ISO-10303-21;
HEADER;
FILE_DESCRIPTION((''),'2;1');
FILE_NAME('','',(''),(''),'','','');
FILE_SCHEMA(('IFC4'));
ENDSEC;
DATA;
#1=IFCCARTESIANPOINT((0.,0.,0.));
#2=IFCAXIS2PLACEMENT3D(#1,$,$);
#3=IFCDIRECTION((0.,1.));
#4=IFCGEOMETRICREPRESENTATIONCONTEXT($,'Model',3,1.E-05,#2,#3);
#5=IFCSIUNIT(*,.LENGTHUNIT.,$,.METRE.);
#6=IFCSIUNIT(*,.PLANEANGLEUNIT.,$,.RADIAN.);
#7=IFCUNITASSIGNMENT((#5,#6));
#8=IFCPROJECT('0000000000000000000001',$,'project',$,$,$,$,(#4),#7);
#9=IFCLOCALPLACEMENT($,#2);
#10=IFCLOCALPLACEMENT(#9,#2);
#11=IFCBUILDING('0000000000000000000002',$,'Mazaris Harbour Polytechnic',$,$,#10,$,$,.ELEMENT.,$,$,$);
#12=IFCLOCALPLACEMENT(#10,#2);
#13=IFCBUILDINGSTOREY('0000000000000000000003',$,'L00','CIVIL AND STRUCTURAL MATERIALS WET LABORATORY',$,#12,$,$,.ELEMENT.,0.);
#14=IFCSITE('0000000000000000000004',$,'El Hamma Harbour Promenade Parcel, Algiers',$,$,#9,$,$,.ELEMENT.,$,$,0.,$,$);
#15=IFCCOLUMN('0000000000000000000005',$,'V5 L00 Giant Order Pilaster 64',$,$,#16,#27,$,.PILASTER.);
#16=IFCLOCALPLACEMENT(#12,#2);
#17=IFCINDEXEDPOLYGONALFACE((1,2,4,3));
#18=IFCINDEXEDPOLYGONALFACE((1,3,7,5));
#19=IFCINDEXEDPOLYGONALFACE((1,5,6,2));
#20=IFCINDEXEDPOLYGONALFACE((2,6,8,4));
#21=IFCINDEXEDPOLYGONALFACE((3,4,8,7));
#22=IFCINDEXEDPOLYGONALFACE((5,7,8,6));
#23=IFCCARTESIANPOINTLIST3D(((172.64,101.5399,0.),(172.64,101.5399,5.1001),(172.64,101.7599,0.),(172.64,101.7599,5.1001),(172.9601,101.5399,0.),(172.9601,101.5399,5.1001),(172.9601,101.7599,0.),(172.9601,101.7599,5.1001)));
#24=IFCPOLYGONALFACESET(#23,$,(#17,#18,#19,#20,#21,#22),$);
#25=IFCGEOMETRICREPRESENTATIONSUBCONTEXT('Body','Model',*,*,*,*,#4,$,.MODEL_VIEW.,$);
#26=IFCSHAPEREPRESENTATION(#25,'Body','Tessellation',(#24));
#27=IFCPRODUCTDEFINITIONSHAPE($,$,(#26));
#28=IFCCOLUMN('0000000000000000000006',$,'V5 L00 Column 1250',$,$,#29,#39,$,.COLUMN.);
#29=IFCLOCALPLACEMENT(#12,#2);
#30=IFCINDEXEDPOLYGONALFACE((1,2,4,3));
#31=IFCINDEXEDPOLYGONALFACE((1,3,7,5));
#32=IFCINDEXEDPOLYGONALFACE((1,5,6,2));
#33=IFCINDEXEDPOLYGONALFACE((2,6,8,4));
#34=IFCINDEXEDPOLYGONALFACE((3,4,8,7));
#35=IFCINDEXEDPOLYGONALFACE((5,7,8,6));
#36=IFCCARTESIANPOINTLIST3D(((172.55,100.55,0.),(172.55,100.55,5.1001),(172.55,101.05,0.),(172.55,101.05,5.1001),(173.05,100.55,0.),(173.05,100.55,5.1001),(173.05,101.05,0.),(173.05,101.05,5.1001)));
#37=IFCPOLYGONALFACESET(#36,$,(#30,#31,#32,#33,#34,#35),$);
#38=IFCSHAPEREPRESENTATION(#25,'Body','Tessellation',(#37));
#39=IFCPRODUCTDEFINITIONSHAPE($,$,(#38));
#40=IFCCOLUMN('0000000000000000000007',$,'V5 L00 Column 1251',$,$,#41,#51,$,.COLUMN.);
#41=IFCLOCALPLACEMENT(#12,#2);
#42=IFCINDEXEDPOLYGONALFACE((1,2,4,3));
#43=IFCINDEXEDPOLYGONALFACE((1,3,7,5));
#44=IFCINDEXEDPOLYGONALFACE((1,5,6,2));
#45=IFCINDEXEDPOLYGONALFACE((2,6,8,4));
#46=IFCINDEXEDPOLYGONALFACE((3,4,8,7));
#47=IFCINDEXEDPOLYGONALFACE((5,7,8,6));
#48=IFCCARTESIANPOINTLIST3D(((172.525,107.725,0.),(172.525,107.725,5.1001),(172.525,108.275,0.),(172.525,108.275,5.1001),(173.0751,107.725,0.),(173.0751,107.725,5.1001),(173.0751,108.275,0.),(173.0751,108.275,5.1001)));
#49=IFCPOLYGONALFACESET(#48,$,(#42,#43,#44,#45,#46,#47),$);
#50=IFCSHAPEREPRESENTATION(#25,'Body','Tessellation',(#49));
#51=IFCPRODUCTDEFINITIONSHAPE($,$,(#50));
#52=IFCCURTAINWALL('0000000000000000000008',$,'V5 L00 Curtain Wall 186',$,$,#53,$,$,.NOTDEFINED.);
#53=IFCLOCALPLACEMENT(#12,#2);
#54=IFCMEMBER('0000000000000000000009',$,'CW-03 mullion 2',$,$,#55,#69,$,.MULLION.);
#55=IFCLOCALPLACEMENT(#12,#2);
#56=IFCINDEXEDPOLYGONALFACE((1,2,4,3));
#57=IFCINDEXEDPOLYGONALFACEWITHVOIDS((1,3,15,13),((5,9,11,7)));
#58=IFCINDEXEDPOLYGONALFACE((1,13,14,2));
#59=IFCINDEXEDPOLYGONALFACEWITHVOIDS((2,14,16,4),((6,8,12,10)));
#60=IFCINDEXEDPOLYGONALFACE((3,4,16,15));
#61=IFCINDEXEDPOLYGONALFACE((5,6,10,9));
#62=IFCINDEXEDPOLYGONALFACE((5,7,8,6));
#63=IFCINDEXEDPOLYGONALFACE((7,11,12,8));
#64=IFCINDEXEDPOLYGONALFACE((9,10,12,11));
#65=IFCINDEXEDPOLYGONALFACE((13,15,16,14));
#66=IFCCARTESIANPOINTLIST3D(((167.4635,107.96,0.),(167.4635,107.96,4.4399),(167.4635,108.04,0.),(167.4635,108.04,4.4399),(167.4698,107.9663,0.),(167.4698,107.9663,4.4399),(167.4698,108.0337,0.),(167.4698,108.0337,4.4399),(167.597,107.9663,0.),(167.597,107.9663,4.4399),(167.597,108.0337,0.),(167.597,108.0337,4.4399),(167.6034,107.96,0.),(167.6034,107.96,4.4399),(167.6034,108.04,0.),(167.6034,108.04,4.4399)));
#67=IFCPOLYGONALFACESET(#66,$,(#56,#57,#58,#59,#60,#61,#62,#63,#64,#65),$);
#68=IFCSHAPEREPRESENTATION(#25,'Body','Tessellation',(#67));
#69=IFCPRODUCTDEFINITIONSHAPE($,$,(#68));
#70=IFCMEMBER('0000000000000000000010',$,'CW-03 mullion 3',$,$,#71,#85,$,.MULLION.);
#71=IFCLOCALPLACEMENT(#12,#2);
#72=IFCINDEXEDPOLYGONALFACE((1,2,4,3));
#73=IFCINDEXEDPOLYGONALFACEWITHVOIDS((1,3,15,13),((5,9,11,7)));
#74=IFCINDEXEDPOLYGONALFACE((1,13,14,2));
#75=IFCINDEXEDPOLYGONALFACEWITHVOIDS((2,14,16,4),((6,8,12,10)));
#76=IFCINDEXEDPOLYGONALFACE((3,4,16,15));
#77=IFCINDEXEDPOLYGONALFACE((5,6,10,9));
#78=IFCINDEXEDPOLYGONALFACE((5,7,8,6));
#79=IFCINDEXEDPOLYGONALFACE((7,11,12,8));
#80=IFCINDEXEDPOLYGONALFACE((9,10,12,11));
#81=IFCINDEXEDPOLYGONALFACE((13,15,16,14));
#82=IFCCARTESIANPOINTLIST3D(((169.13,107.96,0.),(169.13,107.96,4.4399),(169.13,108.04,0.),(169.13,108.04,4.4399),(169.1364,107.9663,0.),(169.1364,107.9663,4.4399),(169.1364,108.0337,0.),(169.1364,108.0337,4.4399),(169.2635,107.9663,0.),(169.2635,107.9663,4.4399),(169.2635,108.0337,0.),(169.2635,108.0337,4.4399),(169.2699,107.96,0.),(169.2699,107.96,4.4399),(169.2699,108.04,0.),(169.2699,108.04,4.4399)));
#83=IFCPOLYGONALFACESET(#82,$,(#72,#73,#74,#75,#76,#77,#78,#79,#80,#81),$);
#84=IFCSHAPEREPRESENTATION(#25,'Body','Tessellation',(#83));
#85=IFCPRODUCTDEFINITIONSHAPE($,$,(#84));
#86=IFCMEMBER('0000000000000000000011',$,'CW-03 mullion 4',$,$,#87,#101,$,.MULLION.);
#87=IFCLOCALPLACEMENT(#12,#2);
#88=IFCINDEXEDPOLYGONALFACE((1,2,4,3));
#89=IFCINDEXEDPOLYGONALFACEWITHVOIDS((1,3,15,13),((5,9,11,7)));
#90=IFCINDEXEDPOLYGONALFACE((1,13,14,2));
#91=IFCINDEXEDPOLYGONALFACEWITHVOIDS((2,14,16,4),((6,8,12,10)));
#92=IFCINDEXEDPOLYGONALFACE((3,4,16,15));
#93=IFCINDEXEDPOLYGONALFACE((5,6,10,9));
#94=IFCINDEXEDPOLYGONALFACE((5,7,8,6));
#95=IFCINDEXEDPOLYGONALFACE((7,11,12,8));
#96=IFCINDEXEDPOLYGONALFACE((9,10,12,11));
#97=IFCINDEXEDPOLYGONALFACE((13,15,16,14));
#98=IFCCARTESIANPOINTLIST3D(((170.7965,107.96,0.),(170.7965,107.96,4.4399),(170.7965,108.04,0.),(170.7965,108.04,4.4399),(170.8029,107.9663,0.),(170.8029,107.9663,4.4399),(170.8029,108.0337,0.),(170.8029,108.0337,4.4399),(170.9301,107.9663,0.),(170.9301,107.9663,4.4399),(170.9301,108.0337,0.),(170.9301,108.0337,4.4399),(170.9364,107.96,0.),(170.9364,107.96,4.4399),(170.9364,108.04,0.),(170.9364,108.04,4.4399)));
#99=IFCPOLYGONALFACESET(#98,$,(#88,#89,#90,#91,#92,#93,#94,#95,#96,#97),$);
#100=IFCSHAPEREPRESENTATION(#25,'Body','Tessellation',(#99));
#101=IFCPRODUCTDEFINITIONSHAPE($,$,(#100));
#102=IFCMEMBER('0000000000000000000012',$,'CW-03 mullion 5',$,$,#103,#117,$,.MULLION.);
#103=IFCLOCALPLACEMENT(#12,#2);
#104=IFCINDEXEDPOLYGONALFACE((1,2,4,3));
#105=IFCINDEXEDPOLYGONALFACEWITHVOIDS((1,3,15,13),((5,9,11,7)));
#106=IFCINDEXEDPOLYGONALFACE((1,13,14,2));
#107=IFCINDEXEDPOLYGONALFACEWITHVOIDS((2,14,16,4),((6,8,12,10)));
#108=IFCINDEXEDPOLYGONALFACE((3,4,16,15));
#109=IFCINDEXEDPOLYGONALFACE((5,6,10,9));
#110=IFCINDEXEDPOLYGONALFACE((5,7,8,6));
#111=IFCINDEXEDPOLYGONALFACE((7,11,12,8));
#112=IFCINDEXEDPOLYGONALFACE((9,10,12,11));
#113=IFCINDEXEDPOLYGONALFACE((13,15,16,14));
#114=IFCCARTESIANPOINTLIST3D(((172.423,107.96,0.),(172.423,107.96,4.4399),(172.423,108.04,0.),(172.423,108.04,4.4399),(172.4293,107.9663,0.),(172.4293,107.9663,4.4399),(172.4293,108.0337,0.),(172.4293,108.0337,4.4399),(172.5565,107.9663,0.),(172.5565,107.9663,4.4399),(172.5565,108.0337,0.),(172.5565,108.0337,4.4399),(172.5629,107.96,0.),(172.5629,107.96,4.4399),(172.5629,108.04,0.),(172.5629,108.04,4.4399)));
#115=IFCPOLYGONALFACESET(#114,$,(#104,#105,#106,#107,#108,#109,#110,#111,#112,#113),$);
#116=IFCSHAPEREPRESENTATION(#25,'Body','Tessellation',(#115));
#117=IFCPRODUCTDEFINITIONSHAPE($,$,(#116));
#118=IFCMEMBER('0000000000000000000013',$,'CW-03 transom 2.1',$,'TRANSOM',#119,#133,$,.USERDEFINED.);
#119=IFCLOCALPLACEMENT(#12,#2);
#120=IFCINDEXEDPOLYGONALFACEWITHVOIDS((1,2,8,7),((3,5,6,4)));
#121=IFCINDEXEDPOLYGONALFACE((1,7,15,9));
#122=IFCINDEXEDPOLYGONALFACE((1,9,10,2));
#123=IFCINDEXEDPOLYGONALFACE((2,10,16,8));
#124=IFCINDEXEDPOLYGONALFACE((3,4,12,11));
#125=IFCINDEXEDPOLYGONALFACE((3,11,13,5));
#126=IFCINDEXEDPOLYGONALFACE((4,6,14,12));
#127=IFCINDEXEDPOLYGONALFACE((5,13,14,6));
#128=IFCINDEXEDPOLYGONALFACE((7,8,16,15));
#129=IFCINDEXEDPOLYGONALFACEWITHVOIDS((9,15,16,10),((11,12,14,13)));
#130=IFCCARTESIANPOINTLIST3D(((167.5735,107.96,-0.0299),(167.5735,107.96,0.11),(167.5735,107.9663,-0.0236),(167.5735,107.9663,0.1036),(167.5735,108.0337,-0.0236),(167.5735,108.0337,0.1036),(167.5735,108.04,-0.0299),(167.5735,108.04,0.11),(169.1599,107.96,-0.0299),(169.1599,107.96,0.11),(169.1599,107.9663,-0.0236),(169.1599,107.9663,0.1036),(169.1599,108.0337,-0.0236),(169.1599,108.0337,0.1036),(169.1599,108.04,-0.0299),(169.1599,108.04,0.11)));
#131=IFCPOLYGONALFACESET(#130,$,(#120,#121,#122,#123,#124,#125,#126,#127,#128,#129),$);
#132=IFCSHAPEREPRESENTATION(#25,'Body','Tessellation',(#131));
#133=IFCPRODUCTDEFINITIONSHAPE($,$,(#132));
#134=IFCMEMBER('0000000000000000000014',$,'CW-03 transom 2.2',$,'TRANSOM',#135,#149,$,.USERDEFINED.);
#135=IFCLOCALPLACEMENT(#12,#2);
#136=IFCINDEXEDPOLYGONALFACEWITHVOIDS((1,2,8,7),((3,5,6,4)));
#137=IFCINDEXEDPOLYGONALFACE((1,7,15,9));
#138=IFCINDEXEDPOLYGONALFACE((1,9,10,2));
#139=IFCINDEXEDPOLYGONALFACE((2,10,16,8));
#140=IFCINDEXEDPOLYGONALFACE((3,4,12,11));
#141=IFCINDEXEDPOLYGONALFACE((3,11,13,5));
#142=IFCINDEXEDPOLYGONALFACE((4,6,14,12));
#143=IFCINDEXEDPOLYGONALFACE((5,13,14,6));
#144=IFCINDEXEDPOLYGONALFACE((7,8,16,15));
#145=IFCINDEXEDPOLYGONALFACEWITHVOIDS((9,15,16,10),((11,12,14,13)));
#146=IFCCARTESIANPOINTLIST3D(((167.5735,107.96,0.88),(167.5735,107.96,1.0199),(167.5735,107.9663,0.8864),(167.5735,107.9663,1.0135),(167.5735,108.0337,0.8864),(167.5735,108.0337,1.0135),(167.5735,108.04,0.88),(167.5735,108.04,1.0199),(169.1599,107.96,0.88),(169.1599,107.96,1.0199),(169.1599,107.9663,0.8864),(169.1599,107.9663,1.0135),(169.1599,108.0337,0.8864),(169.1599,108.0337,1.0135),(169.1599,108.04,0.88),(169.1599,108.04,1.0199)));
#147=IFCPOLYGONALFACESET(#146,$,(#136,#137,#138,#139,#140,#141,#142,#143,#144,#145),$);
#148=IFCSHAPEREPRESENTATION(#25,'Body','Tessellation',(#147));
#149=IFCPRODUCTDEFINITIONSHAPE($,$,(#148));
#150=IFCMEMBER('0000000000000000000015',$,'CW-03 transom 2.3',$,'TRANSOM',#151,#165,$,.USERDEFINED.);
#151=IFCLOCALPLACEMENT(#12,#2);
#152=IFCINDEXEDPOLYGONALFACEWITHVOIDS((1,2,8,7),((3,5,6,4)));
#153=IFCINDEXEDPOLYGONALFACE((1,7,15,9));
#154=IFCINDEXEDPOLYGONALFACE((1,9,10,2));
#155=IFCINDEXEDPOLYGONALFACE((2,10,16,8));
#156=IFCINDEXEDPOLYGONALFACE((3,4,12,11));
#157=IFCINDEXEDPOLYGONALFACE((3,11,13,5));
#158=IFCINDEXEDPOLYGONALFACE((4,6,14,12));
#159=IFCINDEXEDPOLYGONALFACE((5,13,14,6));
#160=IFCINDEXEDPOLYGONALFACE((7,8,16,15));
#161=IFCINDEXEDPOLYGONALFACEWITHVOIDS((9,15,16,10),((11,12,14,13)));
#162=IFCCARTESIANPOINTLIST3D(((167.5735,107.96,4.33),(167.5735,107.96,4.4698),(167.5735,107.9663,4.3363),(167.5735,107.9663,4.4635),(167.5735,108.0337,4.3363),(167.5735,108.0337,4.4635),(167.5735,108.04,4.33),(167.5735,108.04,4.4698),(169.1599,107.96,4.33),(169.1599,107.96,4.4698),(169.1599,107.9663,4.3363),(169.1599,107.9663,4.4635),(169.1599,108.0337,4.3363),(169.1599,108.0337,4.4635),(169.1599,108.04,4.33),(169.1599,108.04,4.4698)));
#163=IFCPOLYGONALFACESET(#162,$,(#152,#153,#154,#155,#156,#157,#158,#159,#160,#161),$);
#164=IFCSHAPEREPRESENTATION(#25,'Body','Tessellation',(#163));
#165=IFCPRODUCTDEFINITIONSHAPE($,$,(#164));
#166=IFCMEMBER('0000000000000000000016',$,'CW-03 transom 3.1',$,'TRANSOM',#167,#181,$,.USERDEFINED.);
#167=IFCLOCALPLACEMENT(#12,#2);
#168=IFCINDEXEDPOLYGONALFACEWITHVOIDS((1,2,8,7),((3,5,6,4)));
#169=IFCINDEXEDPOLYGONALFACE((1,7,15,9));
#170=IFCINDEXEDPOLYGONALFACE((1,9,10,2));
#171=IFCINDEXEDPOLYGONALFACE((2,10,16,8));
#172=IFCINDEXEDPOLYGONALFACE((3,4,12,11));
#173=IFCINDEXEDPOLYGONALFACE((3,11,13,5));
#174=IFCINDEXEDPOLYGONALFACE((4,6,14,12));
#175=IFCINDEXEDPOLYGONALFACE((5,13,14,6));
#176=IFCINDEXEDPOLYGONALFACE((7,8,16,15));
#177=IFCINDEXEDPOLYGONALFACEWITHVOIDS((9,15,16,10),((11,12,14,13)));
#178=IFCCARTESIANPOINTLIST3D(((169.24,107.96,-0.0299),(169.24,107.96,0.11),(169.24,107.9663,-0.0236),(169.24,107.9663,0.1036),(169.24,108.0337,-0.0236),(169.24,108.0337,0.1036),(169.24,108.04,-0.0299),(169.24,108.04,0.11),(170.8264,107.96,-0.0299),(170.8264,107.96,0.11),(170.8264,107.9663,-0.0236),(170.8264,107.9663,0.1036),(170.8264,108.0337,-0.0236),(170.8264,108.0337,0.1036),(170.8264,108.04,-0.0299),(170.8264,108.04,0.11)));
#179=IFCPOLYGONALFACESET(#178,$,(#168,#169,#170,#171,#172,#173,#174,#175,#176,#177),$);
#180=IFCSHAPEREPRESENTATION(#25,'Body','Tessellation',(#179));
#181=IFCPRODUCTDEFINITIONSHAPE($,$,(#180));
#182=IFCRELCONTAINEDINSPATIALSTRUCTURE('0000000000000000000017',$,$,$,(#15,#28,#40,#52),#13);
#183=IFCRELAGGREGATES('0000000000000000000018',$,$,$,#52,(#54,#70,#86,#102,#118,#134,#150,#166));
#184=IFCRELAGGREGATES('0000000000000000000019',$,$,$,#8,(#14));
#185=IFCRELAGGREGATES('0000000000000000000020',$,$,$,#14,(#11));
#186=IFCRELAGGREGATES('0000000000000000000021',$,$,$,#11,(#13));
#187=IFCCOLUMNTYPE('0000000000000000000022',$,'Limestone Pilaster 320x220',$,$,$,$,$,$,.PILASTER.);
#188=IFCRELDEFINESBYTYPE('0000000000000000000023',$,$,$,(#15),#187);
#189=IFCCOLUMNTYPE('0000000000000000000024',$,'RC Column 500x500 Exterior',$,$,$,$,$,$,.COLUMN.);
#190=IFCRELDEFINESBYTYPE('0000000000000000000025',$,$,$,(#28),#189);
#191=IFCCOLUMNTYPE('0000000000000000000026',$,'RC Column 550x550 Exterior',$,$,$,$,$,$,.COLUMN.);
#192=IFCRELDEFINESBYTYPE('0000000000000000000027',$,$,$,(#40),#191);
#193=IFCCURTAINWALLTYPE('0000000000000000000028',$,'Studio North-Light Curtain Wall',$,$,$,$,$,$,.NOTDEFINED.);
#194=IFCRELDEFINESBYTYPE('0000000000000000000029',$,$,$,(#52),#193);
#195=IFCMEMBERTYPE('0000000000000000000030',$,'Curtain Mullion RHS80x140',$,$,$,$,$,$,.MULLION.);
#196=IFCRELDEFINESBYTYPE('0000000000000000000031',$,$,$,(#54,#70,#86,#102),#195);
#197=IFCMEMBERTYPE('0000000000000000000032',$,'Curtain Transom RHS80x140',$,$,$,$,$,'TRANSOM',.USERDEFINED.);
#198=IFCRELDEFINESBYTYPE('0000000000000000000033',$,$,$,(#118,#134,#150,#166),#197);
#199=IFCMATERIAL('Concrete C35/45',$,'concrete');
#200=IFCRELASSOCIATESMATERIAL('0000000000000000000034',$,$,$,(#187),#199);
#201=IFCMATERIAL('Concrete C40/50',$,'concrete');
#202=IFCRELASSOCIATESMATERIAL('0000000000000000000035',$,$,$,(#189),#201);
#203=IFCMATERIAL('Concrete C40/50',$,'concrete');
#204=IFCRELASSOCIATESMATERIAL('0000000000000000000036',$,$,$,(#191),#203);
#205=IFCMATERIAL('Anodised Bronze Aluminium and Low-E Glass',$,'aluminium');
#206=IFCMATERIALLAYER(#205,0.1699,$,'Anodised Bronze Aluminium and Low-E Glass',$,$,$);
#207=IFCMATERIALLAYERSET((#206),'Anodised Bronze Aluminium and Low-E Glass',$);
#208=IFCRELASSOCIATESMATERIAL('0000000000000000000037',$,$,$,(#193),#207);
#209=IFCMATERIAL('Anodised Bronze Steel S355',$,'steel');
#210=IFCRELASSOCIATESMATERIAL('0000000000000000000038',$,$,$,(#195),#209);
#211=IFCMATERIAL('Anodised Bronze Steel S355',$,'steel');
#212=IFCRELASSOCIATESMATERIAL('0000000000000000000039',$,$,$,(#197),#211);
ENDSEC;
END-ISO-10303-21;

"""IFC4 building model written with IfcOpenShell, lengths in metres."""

from ifc_helpers import new_model, si_unit, direction, frame, origin, origin_2d, place, context, subcontext, project, spatial, rectangle, hollow_rectangle, extrude, material, layer, layer_set, material_profile, profile_set, type_object, element, aggregate, save


model = new_model("IFC4")

# Units and contexts
model_context = context("Model", 3, precision=1e-05, world=origin(), true_north=direction((0.0, 1.0)))
body_context = subcontext(model_context, "Body", "Model", "MODEL_VIEW")
ifc_project = project(units=[si_unit("LENGTHUNIT", "METRE"), si_unit("PLANEANGLEUNIT", "RADIAN")], contexts=[model_context])

# Site, building, storey
site_placement = place(None, origin())
site = spatial("IfcSite", under=ifc_project, at=site_placement, Name="El Hamma Harbour Promenade Parcel, Algiers", CompositionType="ELEMENT", RefElevation=0.0)
building_placement = place(site_placement, origin())
building = spatial("IfcBuilding", under=site, at=building_placement, Name="Mazaris Harbour Polytechnic", CompositionType="ELEMENT")
storey_placement = place(building_placement, origin())
storey = spatial("IfcBuildingStorey", under=building, at=storey_placement, Name="L00", Description="CIVIL AND STRUCTURAL MATERIALS WET LABORATORY", CompositionType="ELEMENT", Elevation=0.0)

# Columns
ifc_material_1 = material(Name="Concrete C35/45", Category="concrete")
ifc_material_profile_1 = material_profile(ifc_material_1, rectangle(XDim=0.3201, YDim=0.22, at=origin_2d()), Name="RECT320x220")
ifc_profile_set_1 = profile_set([ifc_material_profile_1], Name="Concrete C35/45")
column_type_1 = type_object("IfcColumnType", Name="Limestone Pilaster 320x220", PredefinedType="PILASTER", material=ifc_profile_set_1)
column_1_placement = place(storey_placement, frame((172.8, 101.6499, 0.0), z_axis=(0.0, 0.0, 1.0), x_axis=(1.0, 0.0, 0.0)))
element("IfcColumn", 1, at=column_1_placement, inside=storey, type_object=column_type_1, Name="V5 L00 Giant Order Pilaster 64", PredefinedType="PILASTER", context=body_context, shape_type="SweptSolid", body=[
    extrude(rectangle(XDim=0.3201, YDim=0.22, at=origin_2d()), origin(), (0.0, 0.0, 1.0), 5.1001),
])
ifc_material_2 = material(Name="Concrete C40/50", Category="concrete")
ifc_material_profile_2 = material_profile(ifc_material_2, rectangle(XDim=0.5, YDim=0.5, at=origin_2d()), Name="RECT500x500")
ifc_profile_set_2 = profile_set([ifc_material_profile_2], Name="Concrete C40/50")
column_type_2 = type_object("IfcColumnType", Name="RC Column 500x500 Exterior", PredefinedType="COLUMN", material=ifc_profile_set_2)
column_2_placement = place(storey_placement, frame((172.8, 100.8, 0.0), z_axis=(0.0, 0.0, 1.0), x_axis=(1.0, 0.0, 0.0)))
element("IfcColumn", 2, at=column_2_placement, inside=storey, type_object=column_type_2, Name="V5 L00 Column 1250", PredefinedType="COLUMN", context=body_context, shape_type="SweptSolid", body=[
    extrude(rectangle(XDim=0.5, YDim=0.5, at=origin_2d()), origin(), (0.0, 0.0, 1.0), 5.1001),
])
ifc_material_3 = material(Name="Concrete C40/50", Category="concrete")
ifc_material_profile_3 = material_profile(ifc_material_3, rectangle(XDim=0.55, YDim=0.55, at=origin_2d()), Name="RECT550x550")
ifc_profile_set_3 = profile_set([ifc_material_profile_3], Name="Concrete C40/50")
column_type_3 = type_object("IfcColumnType", Name="RC Column 550x550 Exterior", PredefinedType="COLUMN", material=ifc_profile_set_3)
column_3_placement = place(storey_placement, frame((172.8, 108.0, 0.0), z_axis=(0.0, 0.0, 1.0), x_axis=(1.0, 0.0, 0.0)))
element("IfcColumn", 3, at=column_3_placement, inside=storey, type_object=column_type_3, Name="V5 L00 Column 1251", PredefinedType="COLUMN", context=body_context, shape_type="SweptSolid", body=[
    extrude(rectangle(XDim=0.55, YDim=0.55, at=origin_2d()), origin(), (0.0, 0.0, 1.0), 5.1001),
])

# Curtain wall, members
ifc_material_4 = material(Name="Anodised Bronze Aluminium and Low-E Glass", Category="aluminium")
ifc_layer_1 = layer(ifc_material_4, 0.1699, Name="Anodised Bronze Aluminium and Low-E Glass")
ifc_layer_set_1 = layer_set([ifc_layer_1], Name="Anodised Bronze Aluminium and Low-E Glass")
curtain_wall_type = type_object("IfcCurtainWallType", Name="Studio North-Light Curtain Wall", PredefinedType="NOTDEFINED", material=ifc_layer_set_1)
curtain_wall_placement = place(storey_placement, origin())
curtain_wall = element("IfcCurtainWall", 4, at=curtain_wall_placement, inside=storey, type_object=curtain_wall_type, Name="V5 L00 Curtain Wall 186", PredefinedType="NOTDEFINED")
ifc_material_5 = material(Name="Anodised Bronze Steel S355", Category="steel")
ifc_material_profile_4 = material_profile(ifc_material_5, hollow_rectangle(XDim=0.0801, YDim=0.1399, WallThickness=0.0063, at=origin_2d()), Name="RHS 80x140x6.3")
ifc_profile_set_4 = profile_set([ifc_material_profile_4], Name="Anodised Bronze Steel S355")
member_type_1 = type_object("IfcMemberType", Name="Curtain Mullion RHS80x140", PredefinedType="MULLION", material=ifc_profile_set_4)
member_1_placement = place(storey_placement, frame((167.5334, 108.0, 0.0), z_axis=(0.0, 0.0, 1.0), x_axis=(0.0, 1.0, 0.0)))
member_1 = element("IfcMember", 5, at=member_1_placement, type_object=member_type_1, Name="CW-03 mullion 2", PredefinedType="MULLION", context=body_context, shape_type="SweptSolid", body=[
    extrude(hollow_rectangle(XDim=0.0801, YDim=0.1399, WallThickness=0.0063, at=origin_2d()), origin(), (0.0, 0.0, 1.0), 4.4399),
])
member_2_placement = place(storey_placement, frame((169.2, 108.0, 0.0), z_axis=(0.0, 0.0, 1.0), x_axis=(0.0, 1.0, 0.0)))
member_2 = element("IfcMember", 6, at=member_2_placement, type_object=member_type_1, Name="CW-03 mullion 3", PredefinedType="MULLION", context=body_context, shape_type="SweptSolid", body=[
    extrude(hollow_rectangle(XDim=0.0801, YDim=0.1399, WallThickness=0.0063, at=origin_2d()), origin(), (0.0, 0.0, 1.0), 4.4399),
])
member_3_placement = place(storey_placement, frame((170.8665, 108.0, 0.0), z_axis=(0.0, 0.0, 1.0), x_axis=(0.0, 1.0, 0.0)))
member_3 = element("IfcMember", 7, at=member_3_placement, type_object=member_type_1, Name="CW-03 mullion 4", PredefinedType="MULLION", context=body_context, shape_type="SweptSolid", body=[
    extrude(hollow_rectangle(XDim=0.0801, YDim=0.1399, WallThickness=0.0063, at=origin_2d()), origin(), (0.0, 0.0, 1.0), 4.4399),
])
member_4_placement = place(storey_placement, frame((172.4929, 108.0, 0.0), z_axis=(0.0, 0.0, 1.0), x_axis=(0.0, 1.0, 0.0)))
member_4 = element("IfcMember", 8, at=member_4_placement, type_object=member_type_1, Name="CW-03 mullion 5", PredefinedType="MULLION", context=body_context, shape_type="SweptSolid", body=[
    extrude(hollow_rectangle(XDim=0.0801, YDim=0.1399, WallThickness=0.0063, at=origin_2d()), origin(), (0.0, 0.0, 1.0), 4.4399),
])
ifc_material_6 = material(Name="Anodised Bronze Steel S355", Category="steel")
ifc_material_profile_5 = material_profile(ifc_material_6, hollow_rectangle(XDim=0.0801, YDim=0.1399, WallThickness=0.0063, at=origin_2d()), Name="RHS 80x140x6.3")
ifc_profile_set_5 = profile_set([ifc_material_profile_5], Name="Anodised Bronze Steel S355")
member_type_2 = type_object("IfcMemberType", Name="Curtain Transom RHS80x140", ElementType="TRANSOM", PredefinedType="USERDEFINED", material=ifc_profile_set_5)
member_5_placement = place(storey_placement, frame((167.5735, 108.0, 0.04), z_axis=(1.0, 0.0, 0.0), x_axis=(0.0, 1.0, 0.0)))
member_5 = element("IfcMember", 9, at=member_5_placement, type_object=member_type_2, Name="CW-03 transom 2.1", ObjectType="TRANSOM", PredefinedType="USERDEFINED", context=body_context, shape_type="SweptSolid", body=[
    extrude(hollow_rectangle(XDim=0.0801, YDim=0.1399, WallThickness=0.0063, at=origin_2d()), origin(), (0.0, 0.0, 1.0), 1.5864),
])
member_6_placement = place(storey_placement, frame((167.5735, 108.0, 0.95), z_axis=(1.0, 0.0, 0.0), x_axis=(0.0, 1.0, 0.0)))
member_6 = element("IfcMember", 10, at=member_6_placement, type_object=member_type_2, Name="CW-03 transom 2.2", ObjectType="TRANSOM", PredefinedType="USERDEFINED", context=body_context, shape_type="SweptSolid", body=[
    extrude(hollow_rectangle(XDim=0.0801, YDim=0.1399, WallThickness=0.0063, at=origin_2d()), origin(), (0.0, 0.0, 1.0), 1.5864),
])
member_7_placement = place(storey_placement, frame((167.5735, 108.0, 4.3999), z_axis=(1.0, 0.0, 0.0), x_axis=(0.0, 1.0, 0.0)))
member_7 = element("IfcMember", 11, at=member_7_placement, type_object=member_type_2, Name="CW-03 transom 2.3", ObjectType="TRANSOM", PredefinedType="USERDEFINED", context=body_context, shape_type="SweptSolid", body=[
    extrude(hollow_rectangle(XDim=0.0801, YDim=0.1399, WallThickness=0.0063, at=origin_2d()), origin(), (0.0, 0.0, 1.0), 1.5864),
])
member_8_placement = place(storey_placement, frame((169.24, 108.0, 0.04), z_axis=(1.0, 0.0, 0.0), x_axis=(0.0, 1.0, 0.0)))
member_8 = element("IfcMember", 12, at=member_8_placement, type_object=member_type_2, Name="CW-03 transom 3.1", ObjectType="TRANSOM", PredefinedType="USERDEFINED", context=body_context, shape_type="SweptSolid", body=[
    extrude(hollow_rectangle(XDim=0.0801, YDim=0.1399, WallThickness=0.0063, at=origin_2d()), origin(), (0.0, 0.0, 1.0), 1.5864),
])

aggregate(curtain_wall, [member_1, member_2, member_3, member_4, member_5, member_6, member_7, member_8])

save(model, "model.ifc")
